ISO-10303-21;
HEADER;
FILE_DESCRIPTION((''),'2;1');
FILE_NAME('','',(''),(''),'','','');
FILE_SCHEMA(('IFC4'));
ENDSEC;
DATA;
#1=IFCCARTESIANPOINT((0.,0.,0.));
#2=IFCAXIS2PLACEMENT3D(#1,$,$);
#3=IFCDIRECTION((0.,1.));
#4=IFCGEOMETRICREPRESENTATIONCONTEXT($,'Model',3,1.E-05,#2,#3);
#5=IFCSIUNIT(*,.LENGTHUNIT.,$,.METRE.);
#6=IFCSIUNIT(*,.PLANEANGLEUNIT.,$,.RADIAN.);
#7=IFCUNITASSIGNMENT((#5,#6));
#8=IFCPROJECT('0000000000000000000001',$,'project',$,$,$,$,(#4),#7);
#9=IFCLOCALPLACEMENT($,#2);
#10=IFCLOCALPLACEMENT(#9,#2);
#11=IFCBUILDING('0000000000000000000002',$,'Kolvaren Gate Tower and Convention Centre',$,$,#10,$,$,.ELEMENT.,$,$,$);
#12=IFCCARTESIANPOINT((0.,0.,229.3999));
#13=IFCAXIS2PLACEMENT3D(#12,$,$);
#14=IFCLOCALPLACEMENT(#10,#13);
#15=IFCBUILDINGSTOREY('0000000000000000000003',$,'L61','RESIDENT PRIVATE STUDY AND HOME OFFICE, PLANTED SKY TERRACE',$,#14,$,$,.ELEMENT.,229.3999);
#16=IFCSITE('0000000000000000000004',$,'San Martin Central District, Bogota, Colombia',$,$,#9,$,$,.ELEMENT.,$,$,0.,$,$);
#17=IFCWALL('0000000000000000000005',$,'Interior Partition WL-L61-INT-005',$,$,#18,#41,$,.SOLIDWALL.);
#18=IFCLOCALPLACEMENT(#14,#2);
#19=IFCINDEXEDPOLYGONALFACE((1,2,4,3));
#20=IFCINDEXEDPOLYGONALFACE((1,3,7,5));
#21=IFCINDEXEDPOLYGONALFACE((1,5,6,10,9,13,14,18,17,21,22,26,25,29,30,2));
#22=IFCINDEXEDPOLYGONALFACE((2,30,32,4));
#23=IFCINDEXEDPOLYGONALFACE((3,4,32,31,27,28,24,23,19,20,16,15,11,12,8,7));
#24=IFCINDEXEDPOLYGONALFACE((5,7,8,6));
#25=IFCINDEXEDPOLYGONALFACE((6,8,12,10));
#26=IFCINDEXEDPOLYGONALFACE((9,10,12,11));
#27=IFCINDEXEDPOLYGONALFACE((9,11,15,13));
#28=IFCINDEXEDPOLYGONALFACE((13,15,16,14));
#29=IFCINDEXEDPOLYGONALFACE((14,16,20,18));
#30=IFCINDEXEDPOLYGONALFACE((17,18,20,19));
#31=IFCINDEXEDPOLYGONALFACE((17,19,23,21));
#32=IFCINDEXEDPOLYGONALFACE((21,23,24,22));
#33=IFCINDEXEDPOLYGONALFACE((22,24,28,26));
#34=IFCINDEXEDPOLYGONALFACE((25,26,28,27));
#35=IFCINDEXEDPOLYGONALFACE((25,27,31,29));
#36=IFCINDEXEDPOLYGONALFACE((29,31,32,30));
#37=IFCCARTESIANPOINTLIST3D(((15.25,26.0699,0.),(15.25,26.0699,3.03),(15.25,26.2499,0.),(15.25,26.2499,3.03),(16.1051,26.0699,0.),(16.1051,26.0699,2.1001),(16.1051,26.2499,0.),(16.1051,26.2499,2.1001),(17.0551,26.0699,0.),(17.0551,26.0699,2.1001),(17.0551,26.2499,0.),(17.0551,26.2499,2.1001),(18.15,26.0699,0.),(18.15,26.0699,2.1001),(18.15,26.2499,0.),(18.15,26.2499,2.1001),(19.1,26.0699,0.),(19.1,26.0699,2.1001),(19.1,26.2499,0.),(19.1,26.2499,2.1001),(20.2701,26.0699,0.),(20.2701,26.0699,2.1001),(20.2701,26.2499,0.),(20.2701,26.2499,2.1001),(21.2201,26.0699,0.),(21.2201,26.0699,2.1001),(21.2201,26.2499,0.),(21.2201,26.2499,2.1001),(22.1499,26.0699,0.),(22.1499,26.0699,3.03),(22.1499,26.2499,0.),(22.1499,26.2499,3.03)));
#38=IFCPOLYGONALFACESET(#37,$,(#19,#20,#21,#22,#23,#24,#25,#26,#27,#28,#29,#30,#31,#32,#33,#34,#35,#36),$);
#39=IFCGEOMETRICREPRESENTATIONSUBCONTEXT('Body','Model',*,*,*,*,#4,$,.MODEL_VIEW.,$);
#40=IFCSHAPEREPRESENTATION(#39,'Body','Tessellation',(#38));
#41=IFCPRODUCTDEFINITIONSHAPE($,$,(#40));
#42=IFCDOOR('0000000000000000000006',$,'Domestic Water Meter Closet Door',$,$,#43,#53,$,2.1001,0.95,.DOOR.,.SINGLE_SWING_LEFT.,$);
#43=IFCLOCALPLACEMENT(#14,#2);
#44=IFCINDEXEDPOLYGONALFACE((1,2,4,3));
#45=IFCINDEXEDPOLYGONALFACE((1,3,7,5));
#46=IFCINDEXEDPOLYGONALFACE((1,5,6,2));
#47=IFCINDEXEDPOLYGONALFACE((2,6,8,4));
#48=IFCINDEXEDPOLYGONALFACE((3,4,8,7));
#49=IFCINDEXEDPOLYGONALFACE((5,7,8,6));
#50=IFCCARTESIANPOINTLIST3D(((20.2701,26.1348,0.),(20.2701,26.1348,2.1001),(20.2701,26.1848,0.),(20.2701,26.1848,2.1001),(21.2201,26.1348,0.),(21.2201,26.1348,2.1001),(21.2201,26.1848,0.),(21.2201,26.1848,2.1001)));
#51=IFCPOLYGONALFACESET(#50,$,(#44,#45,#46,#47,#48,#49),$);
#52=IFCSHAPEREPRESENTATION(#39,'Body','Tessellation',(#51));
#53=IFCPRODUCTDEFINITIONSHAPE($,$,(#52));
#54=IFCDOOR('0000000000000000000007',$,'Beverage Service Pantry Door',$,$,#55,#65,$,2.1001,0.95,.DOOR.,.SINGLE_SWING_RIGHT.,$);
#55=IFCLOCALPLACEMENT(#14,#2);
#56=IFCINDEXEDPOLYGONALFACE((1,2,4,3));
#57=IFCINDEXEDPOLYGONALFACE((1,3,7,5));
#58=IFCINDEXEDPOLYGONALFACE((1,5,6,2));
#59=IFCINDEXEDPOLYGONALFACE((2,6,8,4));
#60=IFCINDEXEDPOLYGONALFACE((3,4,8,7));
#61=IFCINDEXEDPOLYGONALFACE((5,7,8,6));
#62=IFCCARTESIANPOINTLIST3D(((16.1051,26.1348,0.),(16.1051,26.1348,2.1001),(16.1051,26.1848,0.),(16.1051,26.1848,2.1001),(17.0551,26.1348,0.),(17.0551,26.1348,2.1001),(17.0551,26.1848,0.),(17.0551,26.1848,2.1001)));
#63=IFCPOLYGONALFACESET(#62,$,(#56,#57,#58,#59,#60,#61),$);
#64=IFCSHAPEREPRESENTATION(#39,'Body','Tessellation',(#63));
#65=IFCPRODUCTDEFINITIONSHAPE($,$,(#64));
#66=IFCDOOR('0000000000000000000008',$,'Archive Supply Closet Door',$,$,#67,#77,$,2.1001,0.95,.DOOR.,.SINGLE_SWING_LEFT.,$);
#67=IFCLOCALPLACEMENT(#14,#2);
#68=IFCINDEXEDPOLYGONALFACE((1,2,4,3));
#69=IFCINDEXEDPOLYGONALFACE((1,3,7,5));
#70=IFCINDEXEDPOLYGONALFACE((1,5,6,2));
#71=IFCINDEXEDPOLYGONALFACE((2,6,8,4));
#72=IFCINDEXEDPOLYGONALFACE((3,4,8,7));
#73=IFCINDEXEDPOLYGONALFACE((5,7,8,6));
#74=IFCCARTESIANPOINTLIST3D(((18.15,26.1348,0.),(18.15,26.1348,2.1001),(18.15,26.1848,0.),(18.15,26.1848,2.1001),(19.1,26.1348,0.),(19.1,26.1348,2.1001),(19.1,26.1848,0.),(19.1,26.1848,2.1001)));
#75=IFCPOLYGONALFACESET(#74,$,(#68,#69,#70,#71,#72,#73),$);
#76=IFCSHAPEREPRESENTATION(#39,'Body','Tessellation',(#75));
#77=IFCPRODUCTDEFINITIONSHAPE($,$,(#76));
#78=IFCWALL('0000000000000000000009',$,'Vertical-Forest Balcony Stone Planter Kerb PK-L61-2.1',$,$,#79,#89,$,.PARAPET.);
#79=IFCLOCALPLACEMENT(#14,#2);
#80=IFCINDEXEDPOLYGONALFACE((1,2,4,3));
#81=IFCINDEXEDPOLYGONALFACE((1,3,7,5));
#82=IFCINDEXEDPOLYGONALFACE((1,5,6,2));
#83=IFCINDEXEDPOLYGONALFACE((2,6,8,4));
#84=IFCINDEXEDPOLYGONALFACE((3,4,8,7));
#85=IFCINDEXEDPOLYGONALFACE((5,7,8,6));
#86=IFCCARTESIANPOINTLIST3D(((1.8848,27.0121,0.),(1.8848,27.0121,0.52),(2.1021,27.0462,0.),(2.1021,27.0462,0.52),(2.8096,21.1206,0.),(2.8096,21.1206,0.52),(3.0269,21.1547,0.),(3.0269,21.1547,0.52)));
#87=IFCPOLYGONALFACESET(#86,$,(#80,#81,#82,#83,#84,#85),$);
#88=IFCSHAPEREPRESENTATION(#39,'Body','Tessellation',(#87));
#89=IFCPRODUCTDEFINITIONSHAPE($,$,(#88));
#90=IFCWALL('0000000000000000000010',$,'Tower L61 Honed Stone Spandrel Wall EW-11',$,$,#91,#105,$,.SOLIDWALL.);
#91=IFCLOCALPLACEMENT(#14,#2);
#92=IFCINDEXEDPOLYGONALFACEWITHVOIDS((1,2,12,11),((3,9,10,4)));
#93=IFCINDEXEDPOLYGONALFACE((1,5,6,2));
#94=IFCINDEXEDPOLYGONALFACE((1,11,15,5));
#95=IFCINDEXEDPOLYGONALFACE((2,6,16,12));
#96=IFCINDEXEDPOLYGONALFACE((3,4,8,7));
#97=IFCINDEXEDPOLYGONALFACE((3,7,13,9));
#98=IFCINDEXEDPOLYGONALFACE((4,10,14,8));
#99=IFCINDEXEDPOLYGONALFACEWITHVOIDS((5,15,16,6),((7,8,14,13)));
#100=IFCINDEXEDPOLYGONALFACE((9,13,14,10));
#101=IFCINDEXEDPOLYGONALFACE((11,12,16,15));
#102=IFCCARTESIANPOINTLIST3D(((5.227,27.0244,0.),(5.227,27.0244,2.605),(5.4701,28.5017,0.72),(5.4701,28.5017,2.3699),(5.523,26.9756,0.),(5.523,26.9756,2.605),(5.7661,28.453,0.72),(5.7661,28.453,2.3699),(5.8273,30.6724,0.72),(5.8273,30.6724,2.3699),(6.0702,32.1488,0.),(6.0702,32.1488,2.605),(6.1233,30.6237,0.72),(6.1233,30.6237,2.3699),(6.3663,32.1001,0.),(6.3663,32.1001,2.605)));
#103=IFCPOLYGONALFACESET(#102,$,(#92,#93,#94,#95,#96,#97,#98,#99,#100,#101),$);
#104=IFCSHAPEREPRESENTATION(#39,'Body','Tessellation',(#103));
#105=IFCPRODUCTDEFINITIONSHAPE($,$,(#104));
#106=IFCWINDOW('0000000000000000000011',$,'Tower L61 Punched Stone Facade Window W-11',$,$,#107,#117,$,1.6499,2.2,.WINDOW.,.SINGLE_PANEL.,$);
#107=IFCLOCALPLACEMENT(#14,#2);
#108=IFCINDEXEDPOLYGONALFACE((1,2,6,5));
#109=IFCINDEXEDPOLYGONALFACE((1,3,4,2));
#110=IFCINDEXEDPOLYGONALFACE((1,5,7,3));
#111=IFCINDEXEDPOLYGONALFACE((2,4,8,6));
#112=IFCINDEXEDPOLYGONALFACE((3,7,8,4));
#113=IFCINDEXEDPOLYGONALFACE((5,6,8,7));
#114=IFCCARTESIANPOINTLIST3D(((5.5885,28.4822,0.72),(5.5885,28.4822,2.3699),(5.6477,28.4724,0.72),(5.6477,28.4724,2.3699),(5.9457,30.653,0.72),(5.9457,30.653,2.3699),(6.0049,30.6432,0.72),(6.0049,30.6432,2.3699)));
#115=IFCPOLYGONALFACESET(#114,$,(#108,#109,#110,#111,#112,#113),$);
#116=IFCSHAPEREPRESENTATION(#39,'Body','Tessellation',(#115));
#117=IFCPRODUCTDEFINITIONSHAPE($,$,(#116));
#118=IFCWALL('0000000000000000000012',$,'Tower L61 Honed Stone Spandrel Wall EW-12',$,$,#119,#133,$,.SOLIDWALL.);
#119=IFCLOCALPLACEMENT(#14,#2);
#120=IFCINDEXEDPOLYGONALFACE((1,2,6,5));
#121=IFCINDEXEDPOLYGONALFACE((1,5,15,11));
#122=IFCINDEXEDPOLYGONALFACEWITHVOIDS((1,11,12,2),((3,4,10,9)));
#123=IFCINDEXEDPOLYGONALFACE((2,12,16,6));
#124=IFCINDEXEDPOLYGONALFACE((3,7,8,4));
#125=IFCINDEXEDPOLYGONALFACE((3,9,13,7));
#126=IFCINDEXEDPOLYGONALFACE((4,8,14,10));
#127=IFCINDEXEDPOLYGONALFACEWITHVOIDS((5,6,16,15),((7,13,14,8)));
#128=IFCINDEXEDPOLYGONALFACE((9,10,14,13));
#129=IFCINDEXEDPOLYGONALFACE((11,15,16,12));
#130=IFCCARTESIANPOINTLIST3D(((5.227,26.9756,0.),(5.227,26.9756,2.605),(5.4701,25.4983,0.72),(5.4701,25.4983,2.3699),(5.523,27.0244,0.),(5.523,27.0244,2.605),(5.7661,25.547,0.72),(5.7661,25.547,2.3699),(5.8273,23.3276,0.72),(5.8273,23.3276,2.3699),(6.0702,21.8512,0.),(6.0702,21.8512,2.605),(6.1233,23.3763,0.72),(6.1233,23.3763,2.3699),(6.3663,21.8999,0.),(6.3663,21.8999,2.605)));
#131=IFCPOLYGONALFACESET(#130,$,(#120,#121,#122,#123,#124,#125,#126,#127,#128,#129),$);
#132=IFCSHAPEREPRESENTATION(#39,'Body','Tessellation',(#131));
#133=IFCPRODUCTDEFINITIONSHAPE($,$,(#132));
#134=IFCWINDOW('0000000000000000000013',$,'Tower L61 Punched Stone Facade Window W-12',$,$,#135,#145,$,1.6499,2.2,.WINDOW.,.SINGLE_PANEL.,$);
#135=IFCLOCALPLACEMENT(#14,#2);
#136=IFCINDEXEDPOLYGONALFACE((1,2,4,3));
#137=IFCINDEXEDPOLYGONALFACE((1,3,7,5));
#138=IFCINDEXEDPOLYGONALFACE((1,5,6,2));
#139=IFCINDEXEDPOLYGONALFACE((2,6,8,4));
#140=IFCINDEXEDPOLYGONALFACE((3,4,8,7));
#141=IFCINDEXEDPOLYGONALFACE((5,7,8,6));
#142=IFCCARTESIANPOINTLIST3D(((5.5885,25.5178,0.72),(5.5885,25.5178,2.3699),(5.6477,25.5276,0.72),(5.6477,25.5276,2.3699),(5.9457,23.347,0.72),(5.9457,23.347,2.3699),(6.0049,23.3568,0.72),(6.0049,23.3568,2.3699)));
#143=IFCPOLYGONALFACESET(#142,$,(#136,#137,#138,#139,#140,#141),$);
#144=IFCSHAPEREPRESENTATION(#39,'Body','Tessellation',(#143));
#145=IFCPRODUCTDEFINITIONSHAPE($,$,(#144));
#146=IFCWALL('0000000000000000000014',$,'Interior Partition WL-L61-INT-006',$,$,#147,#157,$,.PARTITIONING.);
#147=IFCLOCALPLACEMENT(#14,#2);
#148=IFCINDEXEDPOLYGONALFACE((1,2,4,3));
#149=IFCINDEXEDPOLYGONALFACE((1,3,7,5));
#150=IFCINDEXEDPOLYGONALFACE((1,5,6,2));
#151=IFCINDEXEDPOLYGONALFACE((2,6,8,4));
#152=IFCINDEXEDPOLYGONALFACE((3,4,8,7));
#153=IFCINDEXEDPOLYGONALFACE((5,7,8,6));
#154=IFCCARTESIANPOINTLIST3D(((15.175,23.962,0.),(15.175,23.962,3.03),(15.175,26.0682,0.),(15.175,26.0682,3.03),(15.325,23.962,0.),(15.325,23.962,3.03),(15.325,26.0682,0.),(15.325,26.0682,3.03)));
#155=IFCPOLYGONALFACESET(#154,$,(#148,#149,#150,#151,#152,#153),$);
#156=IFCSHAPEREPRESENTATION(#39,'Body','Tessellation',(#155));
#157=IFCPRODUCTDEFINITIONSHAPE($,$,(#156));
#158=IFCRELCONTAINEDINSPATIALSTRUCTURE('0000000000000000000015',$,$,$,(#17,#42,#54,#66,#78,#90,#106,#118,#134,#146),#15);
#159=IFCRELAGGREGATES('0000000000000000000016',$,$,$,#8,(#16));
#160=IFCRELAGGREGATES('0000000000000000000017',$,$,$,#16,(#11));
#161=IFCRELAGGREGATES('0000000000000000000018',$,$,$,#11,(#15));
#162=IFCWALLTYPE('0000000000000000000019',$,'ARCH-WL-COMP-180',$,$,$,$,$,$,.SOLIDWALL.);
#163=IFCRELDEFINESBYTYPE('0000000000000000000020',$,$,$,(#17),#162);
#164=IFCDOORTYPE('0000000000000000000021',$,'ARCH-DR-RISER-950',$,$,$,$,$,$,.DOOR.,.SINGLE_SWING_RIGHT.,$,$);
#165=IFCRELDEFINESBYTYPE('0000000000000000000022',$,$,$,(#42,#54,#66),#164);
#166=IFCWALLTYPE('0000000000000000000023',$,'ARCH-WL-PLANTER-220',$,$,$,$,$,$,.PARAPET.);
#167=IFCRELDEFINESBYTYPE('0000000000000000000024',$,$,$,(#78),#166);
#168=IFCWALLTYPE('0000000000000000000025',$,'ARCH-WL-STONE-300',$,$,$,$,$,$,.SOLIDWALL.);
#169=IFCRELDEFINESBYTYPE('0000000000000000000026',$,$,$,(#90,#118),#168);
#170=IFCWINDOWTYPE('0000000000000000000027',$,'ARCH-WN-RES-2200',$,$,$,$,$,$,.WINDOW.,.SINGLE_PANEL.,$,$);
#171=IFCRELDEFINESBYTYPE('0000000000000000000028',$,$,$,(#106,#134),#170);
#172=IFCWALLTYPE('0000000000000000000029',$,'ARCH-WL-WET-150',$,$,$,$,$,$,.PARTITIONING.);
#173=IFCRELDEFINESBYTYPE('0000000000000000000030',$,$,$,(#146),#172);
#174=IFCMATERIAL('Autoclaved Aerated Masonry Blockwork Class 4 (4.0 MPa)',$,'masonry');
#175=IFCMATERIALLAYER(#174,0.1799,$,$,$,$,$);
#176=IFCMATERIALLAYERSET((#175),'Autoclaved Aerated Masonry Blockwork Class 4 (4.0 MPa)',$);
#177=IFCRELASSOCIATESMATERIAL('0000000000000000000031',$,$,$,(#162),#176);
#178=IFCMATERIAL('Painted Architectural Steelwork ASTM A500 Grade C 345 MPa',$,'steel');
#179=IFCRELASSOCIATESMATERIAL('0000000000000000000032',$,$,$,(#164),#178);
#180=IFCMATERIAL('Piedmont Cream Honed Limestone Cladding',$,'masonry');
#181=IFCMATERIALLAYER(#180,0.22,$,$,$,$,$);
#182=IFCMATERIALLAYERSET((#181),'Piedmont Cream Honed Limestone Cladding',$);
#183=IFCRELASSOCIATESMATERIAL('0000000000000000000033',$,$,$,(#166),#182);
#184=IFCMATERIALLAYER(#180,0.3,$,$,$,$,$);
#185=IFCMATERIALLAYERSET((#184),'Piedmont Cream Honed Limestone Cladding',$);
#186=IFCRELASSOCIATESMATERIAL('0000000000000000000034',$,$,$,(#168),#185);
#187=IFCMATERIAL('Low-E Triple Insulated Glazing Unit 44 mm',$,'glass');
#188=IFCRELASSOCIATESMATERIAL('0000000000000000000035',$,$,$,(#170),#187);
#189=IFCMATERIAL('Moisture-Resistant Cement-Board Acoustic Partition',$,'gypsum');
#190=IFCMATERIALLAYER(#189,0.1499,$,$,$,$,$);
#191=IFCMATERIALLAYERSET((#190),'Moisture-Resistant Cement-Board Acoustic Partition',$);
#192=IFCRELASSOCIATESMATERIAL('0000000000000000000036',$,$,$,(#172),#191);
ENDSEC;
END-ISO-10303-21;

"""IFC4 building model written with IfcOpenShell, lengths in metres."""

from ifc_helpers import new_model, si_unit, direction, frame, frame_2d, origin, place, context, subcontext, project, spatial, rectangle, extrude, material, layer, layer_set, type_object, element, fill, save


model = new_model("IFC4")

# Units and contexts
model_context = context("Model", 3, precision=1e-05, world=origin(), true_north=direction((0.0, 1.0)))
body_context = subcontext(model_context, "Body", "Model", "MODEL_VIEW")
ifc_project = project(units=[si_unit("LENGTHUNIT", "METRE"), si_unit("PLANEANGLEUNIT", "RADIAN")], contexts=[model_context])

# Site, building, storey
site_placement = place(None, origin())
site = spatial("IfcSite", under=ifc_project, at=site_placement, Name="San Martin Central District, Bogota, Colombia", CompositionType="ELEMENT", RefElevation=0.0)
building_placement = place(site_placement, origin())
building = spatial("IfcBuilding", under=site, at=building_placement, Name="Kolvaren Gate Tower and Convention Centre", CompositionType="ELEMENT")
storey_placement = place(building_placement, frame((0.0, 0.0, 229.3999)))
storey = spatial("IfcBuildingStorey", under=building, at=storey_placement, Name="L61", Description="RESIDENT PRIVATE STUDY AND HOME OFFICE, PLANTED SKY TERRACE", CompositionType="ELEMENT", Elevation=229.3999)

# Wall, openings, doors
ifc_material_1 = material(Name="Autoclaved Aerated Masonry Blockwork Class 4 (4.0 MPa)", Category="masonry")
ifc_layer_1 = layer(ifc_material_1, 0.1799)
ifc_layer_set_1 = layer_set([ifc_layer_1], Name="Autoclaved Aerated Masonry Blockwork Class 4 (4.0 MPa)")
wall_type_1 = type_object("IfcWallType", Name="ARCH-WL-COMP-180", PredefinedType="SOLIDWALL", material=ifc_layer_set_1)
ifc_material_2 = material(Name="Painted Architectural Steelwork ASTM A500 Grade C 345 MPa", Category="steel")
door_type = type_object("IfcDoorType", Name="ARCH-DR-RISER-950", OperationType="SINGLE_SWING_RIGHT", PredefinedType="DOOR", material=ifc_material_2)
wall_1_placement = place(storey_placement, frame((15.25, 26.1599, 0.0), z_axis=(0.0, 0.0, 1.0), x_axis=(1.0, 0.0, 0.0)))
wall_1 = element("IfcWall", 1, at=wall_1_placement, inside=storey, type_object=wall_type_1, Name="Interior Partition WL-L61-INT-005", PredefinedType="SOLIDWALL", context=body_context, shape_type="SweptSolid", body=[
    extrude(rectangle(XDim=6.8999, YDim=0.1799, at=frame_2d((3.45, 0.0))), origin(), (0.0, 0.0, 1.0), 3.03),
])
opening_1_placement = place(wall_1_placement, frame((5.02, 0.0, 0.0)))
opening_1 = element("IfcOpeningElement", 2, at=opening_1_placement, cuts=wall_1, PredefinedType="OPENING", context=body_context, shape_type="SweptSolid", body=[
    extrude(rectangle(XDim=0.95, YDim=2.1001, at=frame_2d((0.4751, 1.05))), frame((0.0, 0.0999, 0.0), z_axis=(0.0, -1.0, 0.0), x_axis=(1.0, 0.0, 0.0)), (0.0, 0.0, 1.0), 0.2),
])
opening_2_placement = place(wall_1_placement, frame((0.855, 0.0, 0.0)))
opening_2 = element("IfcOpeningElement", 3, at=opening_2_placement, cuts=wall_1, PredefinedType="OPENING", context=body_context, shape_type="SweptSolid", body=[
    extrude(rectangle(XDim=0.95, YDim=2.1001, at=frame_2d((0.4751, 1.05))), frame((0.0, 0.0999, 0.0), z_axis=(0.0, -1.0, 0.0), x_axis=(1.0, 0.0, 0.0)), (0.0, 0.0, 1.0), 0.2),
])
opening_3_placement = place(wall_1_placement, frame((2.8999, 0.0, 0.0)))
opening_3 = element("IfcOpeningElement", 4, at=opening_3_placement, cuts=wall_1, PredefinedType="OPENING", context=body_context, shape_type="SweptSolid", body=[
    extrude(rectangle(XDim=0.95, YDim=2.1001, at=frame_2d((0.4751, 1.05))), frame((0.0, 0.0999, 0.0), z_axis=(0.0, -1.0, 0.0), x_axis=(1.0, 0.0, 0.0)), (0.0, 0.0, 1.0), 0.2),
])
door_1_placement = place(opening_1_placement, origin())
door_1 = element("IfcDoor", 5, at=door_1_placement, inside=storey, type_object=door_type, Name="Domestic Water Meter Closet Door", OperationType="SINGLE_SWING_LEFT", OverallHeight=2.1001, OverallWidth=0.95, PredefinedType="DOOR", context=body_context, shape_type="SweptSolid", body=[
    extrude(rectangle(XDim=0.95, YDim=2.1001, at=frame_2d((0.4751, 1.05))), frame((0.0, 0.0249, 0.0), z_axis=(0.0, -1.0, 0.0), x_axis=(1.0, 0.0, 0.0)), (0.0, 0.0, 1.0), 0.05),
])
fill(opening_1, door_1)
door_2_placement = place(opening_2_placement, origin())
door_2 = element("IfcDoor", 6, at=door_2_placement, inside=storey, type_object=door_type, Name="Beverage Service Pantry Door", OperationType="SINGLE_SWING_RIGHT", OverallHeight=2.1001, OverallWidth=0.95, PredefinedType="DOOR", context=body_context, shape_type="SweptSolid", body=[
    extrude(rectangle(XDim=0.95, YDim=2.1001, at=frame_2d((0.4751, 1.05))), frame((0.0, 0.0249, 0.0), z_axis=(0.0, -1.0, 0.0), x_axis=(1.0, 0.0, 0.0)), (0.0, 0.0, 1.0), 0.05),
])
fill(opening_2, door_2)
door_3_placement = place(opening_3_placement, origin())
door_3 = element("IfcDoor", 7, at=door_3_placement, inside=storey, type_object=door_type, Name="Archive Supply Closet Door", OperationType="SINGLE_SWING_LEFT", OverallHeight=2.1001, OverallWidth=0.95, PredefinedType="DOOR", context=body_context, shape_type="SweptSolid", body=[
    extrude(rectangle(XDim=0.95, YDim=2.1001, at=frame_2d((0.4751, 1.05))), frame((0.0, 0.0249, 0.0), z_axis=(0.0, -1.0, 0.0), x_axis=(1.0, 0.0, 0.0)), (0.0, 0.0, 1.0), 0.05),
])
fill(opening_3, door_3)

# Wall
ifc_material_3 = material(Name="Piedmont Cream Honed Limestone Cladding", Category="masonry")
ifc_layer_2 = layer(ifc_material_3, 0.22)
ifc_layer_set_2 = layer_set([ifc_layer_2], Name="Piedmont Cream Honed Limestone Cladding")
wall_type_2 = type_object("IfcWallType", Name="ARCH-WL-PLANTER-220", PredefinedType="PARAPET", material=ifc_layer_set_2)
wall_2_placement = place(storey_placement, frame((1.9934, 27.0293, 0.0), z_axis=(0.0, 0.0, 1.0), x_axis=(0.155071, -0.987903, 0.0)))
element("IfcWall", 8, at=wall_2_placement, inside=storey, type_object=wall_type_2, Name="Vertical-Forest Balcony Stone Planter Kerb PK-L61-2.1", PredefinedType="PARAPET", context=body_context, shape_type="SweptSolid", body=[
    extrude(rectangle(XDim=5.9636, YDim=0.22, at=frame_2d((2.9819, 0.0))), origin(), (0.0, 0.0, 1.0), 0.52),
])

# Walls, openings, windows
ifc_layer_3 = layer(ifc_material_3, 0.3)
ifc_layer_set_3 = layer_set([ifc_layer_3], Name="Piedmont Cream Honed Limestone Cladding")
wall_type_3 = type_object("IfcWallType", Name="ARCH-WL-STONE-300", PredefinedType="SOLIDWALL", material=ifc_layer_set_3)
wall_3_placement = place(storey_placement, frame((5.375, 27.0, 0.0), z_axis=(0.0, 0.0, 1.0), x_axis=(0.162371, 0.98673, 0.0)))
wall_3 = element("IfcWall", 9, at=wall_3_placement, inside=storey, type_object=wall_type_3, Name="Tower L61 Honed Stone Spandrel Wall EW-11", PredefinedType="SOLIDWALL", context=body_context, shape_type="SweptSolid", body=[
    extrude(rectangle(XDim=5.1934, YDim=0.3, at=frame_2d((2.5967, 0.0))), origin(), (0.0, 0.0, 1.0), 2.605),
])
opening_4_placement = place(wall_3_placement, frame((1.4971, 0.0, 0.72)))
opening_4 = element("IfcOpeningElement", 10, at=opening_4_placement, cuts=wall_3, PredefinedType="OPENING", context=body_context, shape_type="SweptSolid", body=[
    extrude(rectangle(XDim=2.2, YDim=1.6499, at=frame_2d((1.1001, 0.825))), frame((0.0, 0.1599, 0.0), z_axis=(0.0, -1.0, 0.0), x_axis=(1.0, 0.0, 0.0)), (0.0, 0.0, 1.0), 0.3201),
])
ifc_material_4 = material(Name="Low-E Triple Insulated Glazing Unit 44 mm", Category="glass")
window_type = type_object("IfcWindowType", Name="ARCH-WN-RES-2200", PartitioningType="SINGLE_PANEL", PredefinedType="WINDOW", material=ifc_material_4)
window_1_placement = place(opening_4_placement, origin())
window_1 = element("IfcWindow", 11, at=window_1_placement, inside=storey, type_object=window_type, Name="Tower L61 Punched Stone Facade Window W-11", OverallHeight=1.6499, OverallWidth=2.2, PartitioningType="SINGLE_PANEL", PredefinedType="WINDOW", context=body_context, shape_type="SweptSolid", body=[
    extrude(rectangle(XDim=2.2, YDim=1.6499, at=frame_2d((1.1001, 0.825))), frame((0.0, 0.03, 0.0), z_axis=(0.0, -1.0, 0.0), x_axis=(1.0, 0.0, 0.0)), (0.0, 0.0, 1.0), 0.0601),
])
fill(opening_4, window_1)
wall_4_placement = place(storey_placement, frame((5.375, 27.0, 0.0), z_axis=(0.0, 0.0, 1.0), x_axis=(0.162371, -0.98673, 0.0)))
wall_4 = element("IfcWall", 12, at=wall_4_placement, inside=storey, type_object=wall_type_3, Name="Tower L61 Honed Stone Spandrel Wall EW-12", PredefinedType="SOLIDWALL", context=body_context, shape_type="SweptSolid", body=[
    extrude(rectangle(XDim=5.1934, YDim=0.3, at=frame_2d((2.5967, 0.0))), origin(), (0.0, 0.0, 1.0), 2.605),
])
opening_5_placement = place(wall_4_placement, frame((1.4971, 0.0, 0.72)))
opening_5 = element("IfcOpeningElement", 13, at=opening_5_placement, cuts=wall_4, PredefinedType="OPENING", context=body_context, shape_type="SweptSolid", body=[
    extrude(rectangle(XDim=2.2, YDim=1.6499, at=frame_2d((1.1001, 0.825))), frame((0.0, 0.1599, 0.0), z_axis=(0.0, -1.0, 0.0), x_axis=(1.0, 0.0, 0.0)), (0.0, 0.0, 1.0), 0.3201),
])
window_2_placement = place(opening_5_placement, origin())
window_2 = element("IfcWindow", 14, at=window_2_placement, inside=storey, type_object=window_type, Name="Tower L61 Punched Stone Facade Window W-12", OverallHeight=1.6499, OverallWidth=2.2, PartitioningType="SINGLE_PANEL", PredefinedType="WINDOW", context=body_context, shape_type="SweptSolid", body=[
    extrude(rectangle(XDim=2.2, YDim=1.6499, at=frame_2d((1.1001, 0.825))), frame((0.0, 0.03, 0.0), z_axis=(0.0, -1.0, 0.0), x_axis=(1.0, 0.0, 0.0)), (0.0, 0.0, 1.0), 0.0601),
])
fill(opening_5, window_2)

# Wall
ifc_material_5 = material(Name="Moisture-Resistant Cement-Board Acoustic Partition", Category="gypsum")
ifc_layer_4 = layer(ifc_material_5, 0.1499)
ifc_layer_set_4 = layer_set([ifc_layer_4], Name="Moisture-Resistant Cement-Board Acoustic Partition")
wall_type_4 = type_object("IfcWallType", Name="ARCH-WL-WET-150", PredefinedType="PARTITIONING", material=ifc_layer_set_4)
wall_5_placement = place(storey_placement, frame((15.25, 23.9619, 0.0), z_axis=(0.0, 0.0, 1.0), x_axis=(0.0, 1.0, 0.0)))
element("IfcWall", 15, at=wall_5_placement, inside=storey, type_object=wall_type_4, Name="Interior Partition WL-L61-INT-006", PredefinedType="PARTITIONING", context=body_context, shape_type="SweptSolid", body=[
    extrude(rectangle(XDim=2.1062, YDim=0.1499, at=frame_2d((1.0532, 0.0))), origin(), (0.0, 0.0, 1.0), 3.03),
])

save(model, "model.ifc")
